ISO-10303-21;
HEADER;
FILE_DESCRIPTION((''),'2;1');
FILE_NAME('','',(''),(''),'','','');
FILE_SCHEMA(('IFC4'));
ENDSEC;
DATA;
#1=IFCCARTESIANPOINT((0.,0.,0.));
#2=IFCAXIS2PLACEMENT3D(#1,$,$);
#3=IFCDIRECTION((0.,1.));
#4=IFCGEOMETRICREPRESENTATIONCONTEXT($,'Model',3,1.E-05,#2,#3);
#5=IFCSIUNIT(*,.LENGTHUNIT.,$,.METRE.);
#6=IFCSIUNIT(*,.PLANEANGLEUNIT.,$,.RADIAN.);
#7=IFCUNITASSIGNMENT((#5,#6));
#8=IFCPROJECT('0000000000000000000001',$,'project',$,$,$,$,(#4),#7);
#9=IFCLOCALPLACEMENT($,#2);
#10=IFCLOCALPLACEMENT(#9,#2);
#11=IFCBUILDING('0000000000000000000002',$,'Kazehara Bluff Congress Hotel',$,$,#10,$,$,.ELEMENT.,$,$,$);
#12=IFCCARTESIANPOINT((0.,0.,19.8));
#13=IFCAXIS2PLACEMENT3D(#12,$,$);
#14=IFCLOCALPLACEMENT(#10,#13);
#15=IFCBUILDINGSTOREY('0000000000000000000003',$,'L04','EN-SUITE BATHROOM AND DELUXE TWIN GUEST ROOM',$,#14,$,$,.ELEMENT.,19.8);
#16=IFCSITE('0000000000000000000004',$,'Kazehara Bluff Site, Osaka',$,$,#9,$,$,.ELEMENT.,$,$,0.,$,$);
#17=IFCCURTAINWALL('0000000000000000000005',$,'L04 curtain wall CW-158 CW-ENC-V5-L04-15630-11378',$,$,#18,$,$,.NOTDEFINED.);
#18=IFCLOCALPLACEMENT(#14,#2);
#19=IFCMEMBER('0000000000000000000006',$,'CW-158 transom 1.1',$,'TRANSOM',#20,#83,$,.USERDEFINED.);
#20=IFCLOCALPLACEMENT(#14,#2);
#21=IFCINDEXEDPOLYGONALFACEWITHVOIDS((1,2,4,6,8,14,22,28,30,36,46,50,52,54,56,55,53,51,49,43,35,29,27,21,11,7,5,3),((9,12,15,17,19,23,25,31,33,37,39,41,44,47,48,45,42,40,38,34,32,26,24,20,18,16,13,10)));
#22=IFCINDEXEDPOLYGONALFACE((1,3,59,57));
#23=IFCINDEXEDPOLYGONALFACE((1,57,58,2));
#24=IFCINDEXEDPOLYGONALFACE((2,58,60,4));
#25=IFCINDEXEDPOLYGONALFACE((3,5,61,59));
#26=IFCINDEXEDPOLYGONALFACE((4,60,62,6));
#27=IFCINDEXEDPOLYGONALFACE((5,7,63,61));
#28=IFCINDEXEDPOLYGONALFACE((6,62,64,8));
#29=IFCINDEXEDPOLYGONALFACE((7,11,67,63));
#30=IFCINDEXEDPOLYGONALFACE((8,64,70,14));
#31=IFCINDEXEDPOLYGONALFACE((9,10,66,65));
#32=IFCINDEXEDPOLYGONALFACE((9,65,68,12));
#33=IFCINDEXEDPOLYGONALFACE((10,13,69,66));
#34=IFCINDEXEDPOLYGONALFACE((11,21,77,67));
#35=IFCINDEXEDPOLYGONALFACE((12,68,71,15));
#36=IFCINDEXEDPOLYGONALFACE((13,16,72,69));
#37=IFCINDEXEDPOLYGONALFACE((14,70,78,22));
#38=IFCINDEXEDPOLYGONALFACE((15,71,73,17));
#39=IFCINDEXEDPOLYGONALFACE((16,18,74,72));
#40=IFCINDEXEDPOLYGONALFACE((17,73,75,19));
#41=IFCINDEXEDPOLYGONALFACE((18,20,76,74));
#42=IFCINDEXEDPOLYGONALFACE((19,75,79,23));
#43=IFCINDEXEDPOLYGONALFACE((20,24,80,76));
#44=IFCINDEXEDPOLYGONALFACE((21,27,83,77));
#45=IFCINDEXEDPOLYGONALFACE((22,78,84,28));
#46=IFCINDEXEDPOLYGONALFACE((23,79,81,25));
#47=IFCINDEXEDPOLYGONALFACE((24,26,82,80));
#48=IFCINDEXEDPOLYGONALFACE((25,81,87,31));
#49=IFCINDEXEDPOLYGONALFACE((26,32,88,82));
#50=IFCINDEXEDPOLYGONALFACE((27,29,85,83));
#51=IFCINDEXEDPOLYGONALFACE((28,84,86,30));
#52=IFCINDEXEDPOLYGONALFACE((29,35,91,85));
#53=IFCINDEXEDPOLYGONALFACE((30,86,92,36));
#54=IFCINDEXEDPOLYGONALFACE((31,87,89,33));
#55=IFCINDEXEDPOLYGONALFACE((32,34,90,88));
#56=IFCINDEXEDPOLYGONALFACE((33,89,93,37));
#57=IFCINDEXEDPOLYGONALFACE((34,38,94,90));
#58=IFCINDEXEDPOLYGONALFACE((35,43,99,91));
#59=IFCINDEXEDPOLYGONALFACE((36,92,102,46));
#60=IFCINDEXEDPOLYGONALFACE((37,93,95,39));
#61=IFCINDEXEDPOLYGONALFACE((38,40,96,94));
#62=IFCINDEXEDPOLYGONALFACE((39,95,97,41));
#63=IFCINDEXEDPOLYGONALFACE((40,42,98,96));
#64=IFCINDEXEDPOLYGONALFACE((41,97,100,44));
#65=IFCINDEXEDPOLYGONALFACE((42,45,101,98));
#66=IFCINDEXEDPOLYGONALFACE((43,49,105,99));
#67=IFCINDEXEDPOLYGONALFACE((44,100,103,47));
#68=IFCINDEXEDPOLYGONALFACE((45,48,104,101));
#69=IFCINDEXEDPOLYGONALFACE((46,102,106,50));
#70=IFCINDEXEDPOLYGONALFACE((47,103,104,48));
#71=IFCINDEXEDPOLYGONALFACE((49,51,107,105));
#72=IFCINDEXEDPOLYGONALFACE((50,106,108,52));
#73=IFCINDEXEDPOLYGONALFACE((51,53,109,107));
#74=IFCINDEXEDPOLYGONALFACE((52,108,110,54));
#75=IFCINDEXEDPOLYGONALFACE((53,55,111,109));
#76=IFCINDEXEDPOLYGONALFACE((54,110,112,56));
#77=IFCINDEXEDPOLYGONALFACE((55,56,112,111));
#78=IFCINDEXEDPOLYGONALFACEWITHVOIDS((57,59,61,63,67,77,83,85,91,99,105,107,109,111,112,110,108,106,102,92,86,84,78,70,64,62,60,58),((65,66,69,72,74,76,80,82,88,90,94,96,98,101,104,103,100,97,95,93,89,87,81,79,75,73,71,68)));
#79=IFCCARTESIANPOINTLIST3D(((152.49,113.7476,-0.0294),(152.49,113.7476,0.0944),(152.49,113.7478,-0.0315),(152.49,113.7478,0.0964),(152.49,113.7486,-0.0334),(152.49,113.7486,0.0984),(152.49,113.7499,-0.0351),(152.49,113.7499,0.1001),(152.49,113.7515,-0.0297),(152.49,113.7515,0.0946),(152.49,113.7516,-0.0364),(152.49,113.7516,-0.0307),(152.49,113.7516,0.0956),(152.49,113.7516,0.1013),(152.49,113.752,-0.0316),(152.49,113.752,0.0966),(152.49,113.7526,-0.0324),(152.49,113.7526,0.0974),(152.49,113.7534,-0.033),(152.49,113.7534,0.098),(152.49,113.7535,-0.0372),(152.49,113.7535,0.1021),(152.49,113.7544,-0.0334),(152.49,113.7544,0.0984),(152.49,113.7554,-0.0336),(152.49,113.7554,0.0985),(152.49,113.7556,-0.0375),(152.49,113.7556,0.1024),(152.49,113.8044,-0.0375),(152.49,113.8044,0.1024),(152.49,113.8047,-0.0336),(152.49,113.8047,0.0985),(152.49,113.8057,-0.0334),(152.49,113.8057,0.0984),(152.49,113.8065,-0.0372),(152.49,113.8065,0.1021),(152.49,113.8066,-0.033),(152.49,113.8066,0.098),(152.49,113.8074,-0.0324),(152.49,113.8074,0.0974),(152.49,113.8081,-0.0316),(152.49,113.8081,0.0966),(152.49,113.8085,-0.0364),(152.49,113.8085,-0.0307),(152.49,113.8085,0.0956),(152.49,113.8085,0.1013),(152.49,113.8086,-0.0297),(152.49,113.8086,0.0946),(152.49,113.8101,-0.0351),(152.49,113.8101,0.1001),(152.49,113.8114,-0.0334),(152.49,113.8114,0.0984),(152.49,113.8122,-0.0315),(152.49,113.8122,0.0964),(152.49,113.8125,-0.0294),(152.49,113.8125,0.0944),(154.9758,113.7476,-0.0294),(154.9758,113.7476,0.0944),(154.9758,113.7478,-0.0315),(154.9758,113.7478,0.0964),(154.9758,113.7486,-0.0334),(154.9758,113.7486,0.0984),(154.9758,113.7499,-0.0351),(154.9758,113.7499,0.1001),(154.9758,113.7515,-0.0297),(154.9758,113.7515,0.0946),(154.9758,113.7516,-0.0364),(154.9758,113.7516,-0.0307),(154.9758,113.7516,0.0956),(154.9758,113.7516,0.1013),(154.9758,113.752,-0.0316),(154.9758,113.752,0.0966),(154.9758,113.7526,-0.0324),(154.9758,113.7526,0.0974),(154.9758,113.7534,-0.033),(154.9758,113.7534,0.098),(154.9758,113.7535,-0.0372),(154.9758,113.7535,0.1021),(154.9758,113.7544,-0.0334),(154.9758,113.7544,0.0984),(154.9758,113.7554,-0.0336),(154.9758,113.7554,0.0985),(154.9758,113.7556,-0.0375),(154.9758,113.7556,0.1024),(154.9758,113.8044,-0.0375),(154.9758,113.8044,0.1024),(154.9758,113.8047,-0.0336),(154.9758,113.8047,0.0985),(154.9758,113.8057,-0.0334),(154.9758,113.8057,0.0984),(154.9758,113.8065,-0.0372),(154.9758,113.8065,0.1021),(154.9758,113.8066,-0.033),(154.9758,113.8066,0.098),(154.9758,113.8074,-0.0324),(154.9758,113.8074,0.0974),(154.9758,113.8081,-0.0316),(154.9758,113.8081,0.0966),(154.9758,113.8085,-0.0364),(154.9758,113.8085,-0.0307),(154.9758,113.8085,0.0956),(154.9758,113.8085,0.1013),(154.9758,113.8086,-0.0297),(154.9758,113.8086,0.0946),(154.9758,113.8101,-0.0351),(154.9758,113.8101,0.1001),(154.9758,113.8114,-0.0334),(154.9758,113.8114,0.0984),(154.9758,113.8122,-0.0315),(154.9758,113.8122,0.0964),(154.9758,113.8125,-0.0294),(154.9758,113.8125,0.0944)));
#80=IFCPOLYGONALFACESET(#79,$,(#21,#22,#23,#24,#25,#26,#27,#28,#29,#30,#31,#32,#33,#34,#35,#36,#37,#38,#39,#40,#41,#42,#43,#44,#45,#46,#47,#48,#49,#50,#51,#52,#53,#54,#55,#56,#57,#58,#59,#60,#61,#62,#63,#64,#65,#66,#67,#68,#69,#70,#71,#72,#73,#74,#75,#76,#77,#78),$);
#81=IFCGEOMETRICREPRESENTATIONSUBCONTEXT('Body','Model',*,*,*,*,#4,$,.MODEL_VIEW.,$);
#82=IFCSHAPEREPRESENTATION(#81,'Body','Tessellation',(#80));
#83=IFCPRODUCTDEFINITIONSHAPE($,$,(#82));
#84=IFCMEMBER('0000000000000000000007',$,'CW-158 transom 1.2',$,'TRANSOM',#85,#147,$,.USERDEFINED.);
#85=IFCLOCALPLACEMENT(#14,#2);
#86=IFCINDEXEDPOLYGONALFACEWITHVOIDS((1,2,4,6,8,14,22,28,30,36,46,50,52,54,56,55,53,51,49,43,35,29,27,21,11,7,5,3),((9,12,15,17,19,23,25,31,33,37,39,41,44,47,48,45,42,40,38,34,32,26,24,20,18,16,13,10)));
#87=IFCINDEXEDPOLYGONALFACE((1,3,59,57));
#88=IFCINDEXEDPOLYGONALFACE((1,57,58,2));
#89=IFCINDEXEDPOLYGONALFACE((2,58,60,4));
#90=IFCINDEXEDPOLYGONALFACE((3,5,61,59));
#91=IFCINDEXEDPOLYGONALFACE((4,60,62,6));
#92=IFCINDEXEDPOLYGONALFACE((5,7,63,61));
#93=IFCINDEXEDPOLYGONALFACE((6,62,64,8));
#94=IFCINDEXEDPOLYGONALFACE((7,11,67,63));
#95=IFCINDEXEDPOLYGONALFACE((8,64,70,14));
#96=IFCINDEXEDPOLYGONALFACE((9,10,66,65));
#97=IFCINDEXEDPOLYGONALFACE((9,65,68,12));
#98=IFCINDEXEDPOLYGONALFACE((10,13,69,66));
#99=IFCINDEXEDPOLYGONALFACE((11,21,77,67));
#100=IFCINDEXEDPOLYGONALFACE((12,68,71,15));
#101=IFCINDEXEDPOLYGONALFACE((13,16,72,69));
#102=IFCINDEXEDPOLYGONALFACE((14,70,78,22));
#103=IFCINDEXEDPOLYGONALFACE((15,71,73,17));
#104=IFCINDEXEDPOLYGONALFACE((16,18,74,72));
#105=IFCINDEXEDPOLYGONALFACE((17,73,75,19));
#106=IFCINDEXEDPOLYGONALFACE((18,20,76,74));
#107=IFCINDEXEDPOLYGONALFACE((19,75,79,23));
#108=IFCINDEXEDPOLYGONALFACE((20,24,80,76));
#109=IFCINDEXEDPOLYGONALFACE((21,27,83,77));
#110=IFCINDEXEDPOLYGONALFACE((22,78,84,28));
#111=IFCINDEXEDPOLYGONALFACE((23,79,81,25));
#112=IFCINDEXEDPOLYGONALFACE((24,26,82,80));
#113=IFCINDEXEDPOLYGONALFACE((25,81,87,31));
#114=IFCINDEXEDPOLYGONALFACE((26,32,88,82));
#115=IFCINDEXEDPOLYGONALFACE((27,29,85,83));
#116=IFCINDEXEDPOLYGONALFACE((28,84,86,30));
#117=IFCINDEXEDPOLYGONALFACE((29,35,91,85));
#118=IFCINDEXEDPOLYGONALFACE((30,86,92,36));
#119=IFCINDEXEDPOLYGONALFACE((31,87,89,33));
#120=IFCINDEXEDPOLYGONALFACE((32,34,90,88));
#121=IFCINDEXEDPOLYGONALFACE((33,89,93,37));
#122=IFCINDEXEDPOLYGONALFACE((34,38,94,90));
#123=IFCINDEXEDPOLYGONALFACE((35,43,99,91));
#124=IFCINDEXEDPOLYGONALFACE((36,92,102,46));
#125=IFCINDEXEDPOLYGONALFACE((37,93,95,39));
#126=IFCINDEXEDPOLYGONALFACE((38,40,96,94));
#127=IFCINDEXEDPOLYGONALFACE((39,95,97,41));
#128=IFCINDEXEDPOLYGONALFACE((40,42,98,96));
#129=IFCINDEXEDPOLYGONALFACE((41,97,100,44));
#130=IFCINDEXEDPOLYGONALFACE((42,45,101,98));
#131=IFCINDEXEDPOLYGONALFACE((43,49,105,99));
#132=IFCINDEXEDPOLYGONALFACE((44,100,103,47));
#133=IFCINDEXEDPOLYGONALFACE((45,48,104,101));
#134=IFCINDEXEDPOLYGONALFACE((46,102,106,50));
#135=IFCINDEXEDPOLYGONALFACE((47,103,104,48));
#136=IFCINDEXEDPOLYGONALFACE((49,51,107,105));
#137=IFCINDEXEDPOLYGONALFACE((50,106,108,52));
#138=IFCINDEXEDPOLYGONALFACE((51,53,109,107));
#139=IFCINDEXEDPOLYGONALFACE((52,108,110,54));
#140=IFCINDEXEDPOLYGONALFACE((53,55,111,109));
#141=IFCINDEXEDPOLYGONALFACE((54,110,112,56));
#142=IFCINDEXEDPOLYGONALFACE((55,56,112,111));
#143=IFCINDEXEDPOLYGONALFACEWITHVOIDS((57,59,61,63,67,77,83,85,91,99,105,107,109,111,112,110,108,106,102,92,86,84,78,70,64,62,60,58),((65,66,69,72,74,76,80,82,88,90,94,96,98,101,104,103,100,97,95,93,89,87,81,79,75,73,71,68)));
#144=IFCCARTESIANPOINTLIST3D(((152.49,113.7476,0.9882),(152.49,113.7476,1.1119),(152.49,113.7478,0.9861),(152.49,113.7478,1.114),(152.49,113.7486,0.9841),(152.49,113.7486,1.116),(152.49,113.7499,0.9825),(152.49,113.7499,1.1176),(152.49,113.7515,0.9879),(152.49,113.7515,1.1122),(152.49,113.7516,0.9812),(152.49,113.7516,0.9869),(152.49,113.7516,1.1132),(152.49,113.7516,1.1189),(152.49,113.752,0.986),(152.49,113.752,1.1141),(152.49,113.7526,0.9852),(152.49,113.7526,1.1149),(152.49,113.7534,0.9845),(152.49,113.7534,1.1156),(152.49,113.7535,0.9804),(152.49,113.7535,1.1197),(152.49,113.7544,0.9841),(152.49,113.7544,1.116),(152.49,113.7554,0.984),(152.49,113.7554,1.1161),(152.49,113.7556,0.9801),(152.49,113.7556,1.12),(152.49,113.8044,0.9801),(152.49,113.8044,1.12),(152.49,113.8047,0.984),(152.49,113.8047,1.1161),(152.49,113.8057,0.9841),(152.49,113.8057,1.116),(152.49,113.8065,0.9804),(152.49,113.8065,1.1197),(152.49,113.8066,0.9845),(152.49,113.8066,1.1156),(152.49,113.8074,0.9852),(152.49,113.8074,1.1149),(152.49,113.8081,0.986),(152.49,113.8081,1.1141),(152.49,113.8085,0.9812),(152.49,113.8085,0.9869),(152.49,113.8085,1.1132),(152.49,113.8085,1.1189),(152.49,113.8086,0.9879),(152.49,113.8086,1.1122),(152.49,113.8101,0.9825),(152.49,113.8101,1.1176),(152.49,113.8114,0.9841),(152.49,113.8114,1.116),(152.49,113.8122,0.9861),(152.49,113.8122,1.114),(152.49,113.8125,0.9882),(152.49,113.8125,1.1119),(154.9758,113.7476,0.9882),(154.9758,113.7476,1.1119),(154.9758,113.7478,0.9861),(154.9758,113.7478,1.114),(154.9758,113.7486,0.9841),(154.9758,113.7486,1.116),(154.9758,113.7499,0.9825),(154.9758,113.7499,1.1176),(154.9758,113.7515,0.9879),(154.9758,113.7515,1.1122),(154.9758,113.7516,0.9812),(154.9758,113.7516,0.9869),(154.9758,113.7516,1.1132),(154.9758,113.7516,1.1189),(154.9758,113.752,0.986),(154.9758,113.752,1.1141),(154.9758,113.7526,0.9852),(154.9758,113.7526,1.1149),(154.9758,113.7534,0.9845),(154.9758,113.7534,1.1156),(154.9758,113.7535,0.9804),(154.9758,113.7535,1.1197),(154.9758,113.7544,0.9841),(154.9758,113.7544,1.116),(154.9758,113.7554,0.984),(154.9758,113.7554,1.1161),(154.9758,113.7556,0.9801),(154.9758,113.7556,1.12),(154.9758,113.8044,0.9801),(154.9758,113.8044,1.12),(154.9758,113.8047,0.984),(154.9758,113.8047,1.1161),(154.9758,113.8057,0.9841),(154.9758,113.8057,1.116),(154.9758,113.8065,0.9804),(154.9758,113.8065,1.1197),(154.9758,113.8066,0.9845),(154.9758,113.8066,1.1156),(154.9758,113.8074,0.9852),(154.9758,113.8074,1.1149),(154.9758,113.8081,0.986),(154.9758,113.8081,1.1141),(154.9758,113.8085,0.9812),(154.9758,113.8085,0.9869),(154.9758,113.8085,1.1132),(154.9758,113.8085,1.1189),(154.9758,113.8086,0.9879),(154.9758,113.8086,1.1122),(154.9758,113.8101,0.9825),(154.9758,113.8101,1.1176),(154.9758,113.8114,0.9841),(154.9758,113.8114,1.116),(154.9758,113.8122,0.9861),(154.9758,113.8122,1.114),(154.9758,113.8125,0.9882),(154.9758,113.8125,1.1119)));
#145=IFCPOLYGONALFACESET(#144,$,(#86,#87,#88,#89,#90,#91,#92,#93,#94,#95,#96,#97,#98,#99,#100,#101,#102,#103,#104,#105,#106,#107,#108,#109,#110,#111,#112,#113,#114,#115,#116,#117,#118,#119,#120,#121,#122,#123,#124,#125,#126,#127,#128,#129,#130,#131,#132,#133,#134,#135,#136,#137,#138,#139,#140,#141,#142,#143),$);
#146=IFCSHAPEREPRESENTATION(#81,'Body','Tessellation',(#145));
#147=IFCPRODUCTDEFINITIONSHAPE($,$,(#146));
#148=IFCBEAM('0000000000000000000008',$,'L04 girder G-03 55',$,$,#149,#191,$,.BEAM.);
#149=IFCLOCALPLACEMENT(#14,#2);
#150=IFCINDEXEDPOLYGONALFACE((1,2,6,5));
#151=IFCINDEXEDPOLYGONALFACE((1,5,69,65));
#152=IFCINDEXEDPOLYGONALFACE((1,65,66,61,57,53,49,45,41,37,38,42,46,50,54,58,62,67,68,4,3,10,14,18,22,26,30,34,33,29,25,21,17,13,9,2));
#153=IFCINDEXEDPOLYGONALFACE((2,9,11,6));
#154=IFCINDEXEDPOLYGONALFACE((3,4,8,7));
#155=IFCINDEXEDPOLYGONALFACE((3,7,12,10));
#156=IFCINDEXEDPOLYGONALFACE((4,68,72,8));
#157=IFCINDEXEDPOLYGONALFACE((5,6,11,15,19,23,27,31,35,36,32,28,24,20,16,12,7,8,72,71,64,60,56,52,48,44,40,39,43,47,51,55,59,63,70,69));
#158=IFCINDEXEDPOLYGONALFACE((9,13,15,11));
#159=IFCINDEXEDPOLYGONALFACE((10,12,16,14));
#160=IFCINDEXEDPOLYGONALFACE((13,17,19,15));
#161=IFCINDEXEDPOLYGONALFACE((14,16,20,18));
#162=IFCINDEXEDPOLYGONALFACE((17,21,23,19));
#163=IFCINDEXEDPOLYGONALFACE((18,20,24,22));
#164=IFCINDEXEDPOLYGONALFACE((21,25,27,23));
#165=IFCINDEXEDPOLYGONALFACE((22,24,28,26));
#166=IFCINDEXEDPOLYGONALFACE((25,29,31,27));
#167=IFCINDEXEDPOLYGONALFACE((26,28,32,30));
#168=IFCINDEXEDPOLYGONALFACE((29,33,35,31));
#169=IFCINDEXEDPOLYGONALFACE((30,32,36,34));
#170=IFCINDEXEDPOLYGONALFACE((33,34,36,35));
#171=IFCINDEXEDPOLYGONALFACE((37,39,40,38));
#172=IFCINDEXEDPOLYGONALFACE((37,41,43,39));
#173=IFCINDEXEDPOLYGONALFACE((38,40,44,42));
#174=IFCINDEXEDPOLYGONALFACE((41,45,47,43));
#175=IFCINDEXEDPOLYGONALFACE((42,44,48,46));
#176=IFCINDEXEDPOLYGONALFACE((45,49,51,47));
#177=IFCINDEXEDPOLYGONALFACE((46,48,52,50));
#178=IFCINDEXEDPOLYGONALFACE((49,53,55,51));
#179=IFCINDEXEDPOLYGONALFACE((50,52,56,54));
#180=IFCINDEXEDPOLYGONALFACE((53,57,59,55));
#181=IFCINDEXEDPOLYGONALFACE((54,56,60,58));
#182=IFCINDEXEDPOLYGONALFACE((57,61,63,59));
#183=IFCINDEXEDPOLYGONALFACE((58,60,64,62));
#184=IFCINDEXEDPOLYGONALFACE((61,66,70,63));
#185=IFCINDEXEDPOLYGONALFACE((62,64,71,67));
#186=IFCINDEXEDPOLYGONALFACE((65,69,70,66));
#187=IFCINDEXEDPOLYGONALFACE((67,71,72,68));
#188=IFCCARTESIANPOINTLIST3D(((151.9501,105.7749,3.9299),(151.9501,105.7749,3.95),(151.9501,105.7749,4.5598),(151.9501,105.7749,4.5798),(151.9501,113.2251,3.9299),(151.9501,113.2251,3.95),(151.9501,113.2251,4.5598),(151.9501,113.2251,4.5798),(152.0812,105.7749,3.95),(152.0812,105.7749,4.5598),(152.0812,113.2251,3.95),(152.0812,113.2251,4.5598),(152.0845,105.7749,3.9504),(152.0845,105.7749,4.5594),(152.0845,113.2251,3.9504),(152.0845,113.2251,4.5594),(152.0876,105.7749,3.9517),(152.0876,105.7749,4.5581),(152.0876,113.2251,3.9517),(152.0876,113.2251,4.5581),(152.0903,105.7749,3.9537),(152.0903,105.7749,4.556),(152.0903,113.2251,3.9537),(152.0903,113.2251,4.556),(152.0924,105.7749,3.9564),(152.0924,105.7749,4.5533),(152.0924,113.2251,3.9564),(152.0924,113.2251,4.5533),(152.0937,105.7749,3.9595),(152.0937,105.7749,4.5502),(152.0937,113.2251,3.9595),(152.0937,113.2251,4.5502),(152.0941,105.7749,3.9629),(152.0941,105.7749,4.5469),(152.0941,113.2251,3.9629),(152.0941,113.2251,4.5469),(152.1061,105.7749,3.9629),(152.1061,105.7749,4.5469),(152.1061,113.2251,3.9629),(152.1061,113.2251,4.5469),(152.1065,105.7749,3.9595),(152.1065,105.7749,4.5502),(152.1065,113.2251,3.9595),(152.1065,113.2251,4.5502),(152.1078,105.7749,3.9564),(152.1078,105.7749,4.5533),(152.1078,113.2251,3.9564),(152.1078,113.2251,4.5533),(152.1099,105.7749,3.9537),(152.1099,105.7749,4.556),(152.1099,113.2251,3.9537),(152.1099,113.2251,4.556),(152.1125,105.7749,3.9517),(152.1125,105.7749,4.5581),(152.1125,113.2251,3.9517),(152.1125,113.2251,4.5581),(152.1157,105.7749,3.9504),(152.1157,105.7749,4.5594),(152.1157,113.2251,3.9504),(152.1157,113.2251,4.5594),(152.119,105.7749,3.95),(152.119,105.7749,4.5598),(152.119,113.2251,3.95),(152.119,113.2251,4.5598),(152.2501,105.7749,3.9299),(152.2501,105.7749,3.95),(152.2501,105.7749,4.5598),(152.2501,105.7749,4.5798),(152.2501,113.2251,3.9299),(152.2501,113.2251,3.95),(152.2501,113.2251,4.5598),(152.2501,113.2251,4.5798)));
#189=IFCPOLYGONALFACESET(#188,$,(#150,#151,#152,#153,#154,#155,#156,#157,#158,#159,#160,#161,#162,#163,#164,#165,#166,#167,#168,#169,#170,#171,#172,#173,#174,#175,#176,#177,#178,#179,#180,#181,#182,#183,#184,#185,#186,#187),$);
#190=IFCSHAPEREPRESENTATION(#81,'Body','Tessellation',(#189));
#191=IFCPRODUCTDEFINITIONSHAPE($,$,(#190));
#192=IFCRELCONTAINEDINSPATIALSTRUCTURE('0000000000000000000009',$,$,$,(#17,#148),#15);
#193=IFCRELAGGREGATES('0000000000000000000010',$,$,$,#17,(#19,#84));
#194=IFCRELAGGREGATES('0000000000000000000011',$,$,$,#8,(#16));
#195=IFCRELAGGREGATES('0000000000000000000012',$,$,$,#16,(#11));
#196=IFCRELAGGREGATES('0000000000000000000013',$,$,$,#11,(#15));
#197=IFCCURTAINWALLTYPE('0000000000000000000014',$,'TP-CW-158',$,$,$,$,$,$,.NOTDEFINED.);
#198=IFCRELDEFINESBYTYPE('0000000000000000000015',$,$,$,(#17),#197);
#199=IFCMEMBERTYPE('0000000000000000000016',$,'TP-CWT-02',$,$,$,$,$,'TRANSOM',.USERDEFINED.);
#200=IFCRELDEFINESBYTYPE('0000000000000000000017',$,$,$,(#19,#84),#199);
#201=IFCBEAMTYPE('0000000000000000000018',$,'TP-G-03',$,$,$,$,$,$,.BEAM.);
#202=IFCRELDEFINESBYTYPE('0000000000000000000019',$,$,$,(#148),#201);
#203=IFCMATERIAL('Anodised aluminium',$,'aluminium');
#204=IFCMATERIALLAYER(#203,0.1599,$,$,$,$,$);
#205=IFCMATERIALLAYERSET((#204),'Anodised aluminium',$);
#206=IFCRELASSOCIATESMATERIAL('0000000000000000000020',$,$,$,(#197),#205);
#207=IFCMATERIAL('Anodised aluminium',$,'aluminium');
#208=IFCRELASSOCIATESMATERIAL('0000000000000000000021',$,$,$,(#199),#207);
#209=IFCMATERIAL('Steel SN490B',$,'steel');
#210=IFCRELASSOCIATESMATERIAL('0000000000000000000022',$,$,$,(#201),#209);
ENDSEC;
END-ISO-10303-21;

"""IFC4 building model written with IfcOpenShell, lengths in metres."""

from ifc_helpers import new_model, si_unit, direction, frame, origin, origin_2d, place, context, subcontext, project, spatial, hollow_rectangle, i_section, extrude, material, layer, layer_set, material_profile, profile_set, type_object, element, aggregate, save


model = new_model("IFC4")

# Units and contexts
model_context = context("Model", 3, precision=1e-05, world=origin(), true_north=direction((0.0, 1.0)))
body_context = subcontext(model_context, "Body", "Model", "MODEL_VIEW")
ifc_project = project(units=[si_unit("LENGTHUNIT", "METRE"), si_unit("PLANEANGLEUNIT", "RADIAN")], contexts=[model_context])

# Site, building, storey
site_placement = place(None, origin())
site = spatial("IfcSite", under=ifc_project, at=site_placement, Name="Kazehara Bluff Site, Osaka", CompositionType="ELEMENT", RefElevation=0.0)
building_placement = place(site_placement, origin())
building = spatial("IfcBuilding", under=site, at=building_placement, Name="Kazehara Bluff Congress Hotel", CompositionType="ELEMENT")
storey_placement = place(building_placement, frame((0.0, 0.0, 19.8)))
storey = spatial("IfcBuildingStorey", under=building, at=storey_placement, Name="L04", Description="EN-SUITE BATHROOM AND DELUXE TWIN GUEST ROOM", CompositionType="ELEMENT", Elevation=19.8)

# Shared definitions
ifc_material_1 = material(Name="Anodised aluminium", Category="aluminium")
ifc_layer_1 = layer(ifc_material_1, 0.1599)
ifc_layer_set_1 = layer_set([ifc_layer_1], Name="Anodised aluminium")
curtain_wall_type = type_object("IfcCurtainWallType", Name="TP-CW-158", PredefinedType="NOTDEFINED", material=ifc_layer_set_1)

# Curtain wall
curtain_wall_1_placement = place(storey_placement, origin())
curtain_wall_1 = element("IfcCurtainWall", 1, at=curtain_wall_1_placement, inside=storey, type_object=curtain_wall_type, Name="L04 curtain wall CW-158 CW-ENC-V5-L04-15630-11378", PredefinedType="NOTDEFINED")

# Members
ifc_material_2 = material(Name="Anodised aluminium", Category="aluminium")
ifc_material_profile_1 = material_profile(ifc_material_2, hollow_rectangle(XDim=0.0649, YDim=0.1399, WallThickness=0.0039, InnerFilletRadius=0.0039, OuterFilletRadius=0.0081, at=origin_2d()))
ifc_profile_set_1 = profile_set([ifc_material_profile_1], Name="Anodised aluminium")
member_type_1 = type_object("IfcMemberType", Name="TP-CWT-02", ElementType="TRANSOM", PredefinedType="USERDEFINED", material=ifc_profile_set_1)
member_1_placement = place(storey_placement, frame((152.49, 113.78, 0.0325), z_axis=(1.0, 0.0, 0.0), x_axis=(0.0, 1.0, 0.0)))
member_1 = element("IfcMember", 2, at=member_1_placement, type_object=member_type_1, Name="CW-158 transom 1.1", ObjectType="TRANSOM", PredefinedType="USERDEFINED", context=body_context, shape_type="SweptSolid", body=[
    extrude(hollow_rectangle(XDim=0.0649, YDim=0.1399, WallThickness=0.0039, InnerFilletRadius=0.0039, OuterFilletRadius=0.0081, at=origin_2d()), origin(), (0.0, 0.0, 1.0), 2.4858),
])
member_2_placement = place(storey_placement, frame((152.49, 113.78, 1.05), z_axis=(1.0, 0.0, 0.0), x_axis=(0.0, 1.0, 0.0)))
member_2 = element("IfcMember", 3, at=member_2_placement, type_object=member_type_1, Name="CW-158 transom 1.2", ObjectType="TRANSOM", PredefinedType="USERDEFINED", context=body_context, shape_type="SweptSolid", body=[
    extrude(hollow_rectangle(XDim=0.0649, YDim=0.1399, WallThickness=0.0039, InnerFilletRadius=0.0039, OuterFilletRadius=0.0081, at=origin_2d()), origin(), (0.0, 0.0, 1.0), 2.4858),
])
aggregate(curtain_wall_1, [member_1, member_2])

# Beam
ifc_material_3 = material(Name="Steel SN490B", Category="steel")
ifc_material_profile_2 = material_profile(ifc_material_3, i_section(OverallWidth=0.3, OverallDepth=0.6499, WebThickness=0.012, FlangeThickness=0.02, FilletRadius=0.0129, at=origin_2d()))
ifc_profile_set_2 = profile_set([ifc_material_profile_2], Name="Steel SN490B")
beam_type_1 = type_object("IfcBeamType", Name="TP-G-03", PredefinedType="BEAM", material=ifc_profile_set_2)
beam_placement = place(storey_placement, frame((152.1001, 105.7749, 4.2549), z_axis=(0.0, 1.0, 0.0), x_axis=(-1.0, 0.0, 0.0)))
element("IfcBeam", 4, at=beam_placement, inside=storey, type_object=beam_type_1, Name="L04 girder G-03 55", PredefinedType="BEAM", context=body_context, shape_type="SweptSolid", body=[
    extrude(i_section(OverallWidth=0.3, OverallDepth=0.6499, WebThickness=0.012, FlangeThickness=0.02, FilletRadius=0.0129, at=origin_2d()), origin(), (0.0, 0.0, 1.0), 7.4502),
])

save(model, "model.ifc")
